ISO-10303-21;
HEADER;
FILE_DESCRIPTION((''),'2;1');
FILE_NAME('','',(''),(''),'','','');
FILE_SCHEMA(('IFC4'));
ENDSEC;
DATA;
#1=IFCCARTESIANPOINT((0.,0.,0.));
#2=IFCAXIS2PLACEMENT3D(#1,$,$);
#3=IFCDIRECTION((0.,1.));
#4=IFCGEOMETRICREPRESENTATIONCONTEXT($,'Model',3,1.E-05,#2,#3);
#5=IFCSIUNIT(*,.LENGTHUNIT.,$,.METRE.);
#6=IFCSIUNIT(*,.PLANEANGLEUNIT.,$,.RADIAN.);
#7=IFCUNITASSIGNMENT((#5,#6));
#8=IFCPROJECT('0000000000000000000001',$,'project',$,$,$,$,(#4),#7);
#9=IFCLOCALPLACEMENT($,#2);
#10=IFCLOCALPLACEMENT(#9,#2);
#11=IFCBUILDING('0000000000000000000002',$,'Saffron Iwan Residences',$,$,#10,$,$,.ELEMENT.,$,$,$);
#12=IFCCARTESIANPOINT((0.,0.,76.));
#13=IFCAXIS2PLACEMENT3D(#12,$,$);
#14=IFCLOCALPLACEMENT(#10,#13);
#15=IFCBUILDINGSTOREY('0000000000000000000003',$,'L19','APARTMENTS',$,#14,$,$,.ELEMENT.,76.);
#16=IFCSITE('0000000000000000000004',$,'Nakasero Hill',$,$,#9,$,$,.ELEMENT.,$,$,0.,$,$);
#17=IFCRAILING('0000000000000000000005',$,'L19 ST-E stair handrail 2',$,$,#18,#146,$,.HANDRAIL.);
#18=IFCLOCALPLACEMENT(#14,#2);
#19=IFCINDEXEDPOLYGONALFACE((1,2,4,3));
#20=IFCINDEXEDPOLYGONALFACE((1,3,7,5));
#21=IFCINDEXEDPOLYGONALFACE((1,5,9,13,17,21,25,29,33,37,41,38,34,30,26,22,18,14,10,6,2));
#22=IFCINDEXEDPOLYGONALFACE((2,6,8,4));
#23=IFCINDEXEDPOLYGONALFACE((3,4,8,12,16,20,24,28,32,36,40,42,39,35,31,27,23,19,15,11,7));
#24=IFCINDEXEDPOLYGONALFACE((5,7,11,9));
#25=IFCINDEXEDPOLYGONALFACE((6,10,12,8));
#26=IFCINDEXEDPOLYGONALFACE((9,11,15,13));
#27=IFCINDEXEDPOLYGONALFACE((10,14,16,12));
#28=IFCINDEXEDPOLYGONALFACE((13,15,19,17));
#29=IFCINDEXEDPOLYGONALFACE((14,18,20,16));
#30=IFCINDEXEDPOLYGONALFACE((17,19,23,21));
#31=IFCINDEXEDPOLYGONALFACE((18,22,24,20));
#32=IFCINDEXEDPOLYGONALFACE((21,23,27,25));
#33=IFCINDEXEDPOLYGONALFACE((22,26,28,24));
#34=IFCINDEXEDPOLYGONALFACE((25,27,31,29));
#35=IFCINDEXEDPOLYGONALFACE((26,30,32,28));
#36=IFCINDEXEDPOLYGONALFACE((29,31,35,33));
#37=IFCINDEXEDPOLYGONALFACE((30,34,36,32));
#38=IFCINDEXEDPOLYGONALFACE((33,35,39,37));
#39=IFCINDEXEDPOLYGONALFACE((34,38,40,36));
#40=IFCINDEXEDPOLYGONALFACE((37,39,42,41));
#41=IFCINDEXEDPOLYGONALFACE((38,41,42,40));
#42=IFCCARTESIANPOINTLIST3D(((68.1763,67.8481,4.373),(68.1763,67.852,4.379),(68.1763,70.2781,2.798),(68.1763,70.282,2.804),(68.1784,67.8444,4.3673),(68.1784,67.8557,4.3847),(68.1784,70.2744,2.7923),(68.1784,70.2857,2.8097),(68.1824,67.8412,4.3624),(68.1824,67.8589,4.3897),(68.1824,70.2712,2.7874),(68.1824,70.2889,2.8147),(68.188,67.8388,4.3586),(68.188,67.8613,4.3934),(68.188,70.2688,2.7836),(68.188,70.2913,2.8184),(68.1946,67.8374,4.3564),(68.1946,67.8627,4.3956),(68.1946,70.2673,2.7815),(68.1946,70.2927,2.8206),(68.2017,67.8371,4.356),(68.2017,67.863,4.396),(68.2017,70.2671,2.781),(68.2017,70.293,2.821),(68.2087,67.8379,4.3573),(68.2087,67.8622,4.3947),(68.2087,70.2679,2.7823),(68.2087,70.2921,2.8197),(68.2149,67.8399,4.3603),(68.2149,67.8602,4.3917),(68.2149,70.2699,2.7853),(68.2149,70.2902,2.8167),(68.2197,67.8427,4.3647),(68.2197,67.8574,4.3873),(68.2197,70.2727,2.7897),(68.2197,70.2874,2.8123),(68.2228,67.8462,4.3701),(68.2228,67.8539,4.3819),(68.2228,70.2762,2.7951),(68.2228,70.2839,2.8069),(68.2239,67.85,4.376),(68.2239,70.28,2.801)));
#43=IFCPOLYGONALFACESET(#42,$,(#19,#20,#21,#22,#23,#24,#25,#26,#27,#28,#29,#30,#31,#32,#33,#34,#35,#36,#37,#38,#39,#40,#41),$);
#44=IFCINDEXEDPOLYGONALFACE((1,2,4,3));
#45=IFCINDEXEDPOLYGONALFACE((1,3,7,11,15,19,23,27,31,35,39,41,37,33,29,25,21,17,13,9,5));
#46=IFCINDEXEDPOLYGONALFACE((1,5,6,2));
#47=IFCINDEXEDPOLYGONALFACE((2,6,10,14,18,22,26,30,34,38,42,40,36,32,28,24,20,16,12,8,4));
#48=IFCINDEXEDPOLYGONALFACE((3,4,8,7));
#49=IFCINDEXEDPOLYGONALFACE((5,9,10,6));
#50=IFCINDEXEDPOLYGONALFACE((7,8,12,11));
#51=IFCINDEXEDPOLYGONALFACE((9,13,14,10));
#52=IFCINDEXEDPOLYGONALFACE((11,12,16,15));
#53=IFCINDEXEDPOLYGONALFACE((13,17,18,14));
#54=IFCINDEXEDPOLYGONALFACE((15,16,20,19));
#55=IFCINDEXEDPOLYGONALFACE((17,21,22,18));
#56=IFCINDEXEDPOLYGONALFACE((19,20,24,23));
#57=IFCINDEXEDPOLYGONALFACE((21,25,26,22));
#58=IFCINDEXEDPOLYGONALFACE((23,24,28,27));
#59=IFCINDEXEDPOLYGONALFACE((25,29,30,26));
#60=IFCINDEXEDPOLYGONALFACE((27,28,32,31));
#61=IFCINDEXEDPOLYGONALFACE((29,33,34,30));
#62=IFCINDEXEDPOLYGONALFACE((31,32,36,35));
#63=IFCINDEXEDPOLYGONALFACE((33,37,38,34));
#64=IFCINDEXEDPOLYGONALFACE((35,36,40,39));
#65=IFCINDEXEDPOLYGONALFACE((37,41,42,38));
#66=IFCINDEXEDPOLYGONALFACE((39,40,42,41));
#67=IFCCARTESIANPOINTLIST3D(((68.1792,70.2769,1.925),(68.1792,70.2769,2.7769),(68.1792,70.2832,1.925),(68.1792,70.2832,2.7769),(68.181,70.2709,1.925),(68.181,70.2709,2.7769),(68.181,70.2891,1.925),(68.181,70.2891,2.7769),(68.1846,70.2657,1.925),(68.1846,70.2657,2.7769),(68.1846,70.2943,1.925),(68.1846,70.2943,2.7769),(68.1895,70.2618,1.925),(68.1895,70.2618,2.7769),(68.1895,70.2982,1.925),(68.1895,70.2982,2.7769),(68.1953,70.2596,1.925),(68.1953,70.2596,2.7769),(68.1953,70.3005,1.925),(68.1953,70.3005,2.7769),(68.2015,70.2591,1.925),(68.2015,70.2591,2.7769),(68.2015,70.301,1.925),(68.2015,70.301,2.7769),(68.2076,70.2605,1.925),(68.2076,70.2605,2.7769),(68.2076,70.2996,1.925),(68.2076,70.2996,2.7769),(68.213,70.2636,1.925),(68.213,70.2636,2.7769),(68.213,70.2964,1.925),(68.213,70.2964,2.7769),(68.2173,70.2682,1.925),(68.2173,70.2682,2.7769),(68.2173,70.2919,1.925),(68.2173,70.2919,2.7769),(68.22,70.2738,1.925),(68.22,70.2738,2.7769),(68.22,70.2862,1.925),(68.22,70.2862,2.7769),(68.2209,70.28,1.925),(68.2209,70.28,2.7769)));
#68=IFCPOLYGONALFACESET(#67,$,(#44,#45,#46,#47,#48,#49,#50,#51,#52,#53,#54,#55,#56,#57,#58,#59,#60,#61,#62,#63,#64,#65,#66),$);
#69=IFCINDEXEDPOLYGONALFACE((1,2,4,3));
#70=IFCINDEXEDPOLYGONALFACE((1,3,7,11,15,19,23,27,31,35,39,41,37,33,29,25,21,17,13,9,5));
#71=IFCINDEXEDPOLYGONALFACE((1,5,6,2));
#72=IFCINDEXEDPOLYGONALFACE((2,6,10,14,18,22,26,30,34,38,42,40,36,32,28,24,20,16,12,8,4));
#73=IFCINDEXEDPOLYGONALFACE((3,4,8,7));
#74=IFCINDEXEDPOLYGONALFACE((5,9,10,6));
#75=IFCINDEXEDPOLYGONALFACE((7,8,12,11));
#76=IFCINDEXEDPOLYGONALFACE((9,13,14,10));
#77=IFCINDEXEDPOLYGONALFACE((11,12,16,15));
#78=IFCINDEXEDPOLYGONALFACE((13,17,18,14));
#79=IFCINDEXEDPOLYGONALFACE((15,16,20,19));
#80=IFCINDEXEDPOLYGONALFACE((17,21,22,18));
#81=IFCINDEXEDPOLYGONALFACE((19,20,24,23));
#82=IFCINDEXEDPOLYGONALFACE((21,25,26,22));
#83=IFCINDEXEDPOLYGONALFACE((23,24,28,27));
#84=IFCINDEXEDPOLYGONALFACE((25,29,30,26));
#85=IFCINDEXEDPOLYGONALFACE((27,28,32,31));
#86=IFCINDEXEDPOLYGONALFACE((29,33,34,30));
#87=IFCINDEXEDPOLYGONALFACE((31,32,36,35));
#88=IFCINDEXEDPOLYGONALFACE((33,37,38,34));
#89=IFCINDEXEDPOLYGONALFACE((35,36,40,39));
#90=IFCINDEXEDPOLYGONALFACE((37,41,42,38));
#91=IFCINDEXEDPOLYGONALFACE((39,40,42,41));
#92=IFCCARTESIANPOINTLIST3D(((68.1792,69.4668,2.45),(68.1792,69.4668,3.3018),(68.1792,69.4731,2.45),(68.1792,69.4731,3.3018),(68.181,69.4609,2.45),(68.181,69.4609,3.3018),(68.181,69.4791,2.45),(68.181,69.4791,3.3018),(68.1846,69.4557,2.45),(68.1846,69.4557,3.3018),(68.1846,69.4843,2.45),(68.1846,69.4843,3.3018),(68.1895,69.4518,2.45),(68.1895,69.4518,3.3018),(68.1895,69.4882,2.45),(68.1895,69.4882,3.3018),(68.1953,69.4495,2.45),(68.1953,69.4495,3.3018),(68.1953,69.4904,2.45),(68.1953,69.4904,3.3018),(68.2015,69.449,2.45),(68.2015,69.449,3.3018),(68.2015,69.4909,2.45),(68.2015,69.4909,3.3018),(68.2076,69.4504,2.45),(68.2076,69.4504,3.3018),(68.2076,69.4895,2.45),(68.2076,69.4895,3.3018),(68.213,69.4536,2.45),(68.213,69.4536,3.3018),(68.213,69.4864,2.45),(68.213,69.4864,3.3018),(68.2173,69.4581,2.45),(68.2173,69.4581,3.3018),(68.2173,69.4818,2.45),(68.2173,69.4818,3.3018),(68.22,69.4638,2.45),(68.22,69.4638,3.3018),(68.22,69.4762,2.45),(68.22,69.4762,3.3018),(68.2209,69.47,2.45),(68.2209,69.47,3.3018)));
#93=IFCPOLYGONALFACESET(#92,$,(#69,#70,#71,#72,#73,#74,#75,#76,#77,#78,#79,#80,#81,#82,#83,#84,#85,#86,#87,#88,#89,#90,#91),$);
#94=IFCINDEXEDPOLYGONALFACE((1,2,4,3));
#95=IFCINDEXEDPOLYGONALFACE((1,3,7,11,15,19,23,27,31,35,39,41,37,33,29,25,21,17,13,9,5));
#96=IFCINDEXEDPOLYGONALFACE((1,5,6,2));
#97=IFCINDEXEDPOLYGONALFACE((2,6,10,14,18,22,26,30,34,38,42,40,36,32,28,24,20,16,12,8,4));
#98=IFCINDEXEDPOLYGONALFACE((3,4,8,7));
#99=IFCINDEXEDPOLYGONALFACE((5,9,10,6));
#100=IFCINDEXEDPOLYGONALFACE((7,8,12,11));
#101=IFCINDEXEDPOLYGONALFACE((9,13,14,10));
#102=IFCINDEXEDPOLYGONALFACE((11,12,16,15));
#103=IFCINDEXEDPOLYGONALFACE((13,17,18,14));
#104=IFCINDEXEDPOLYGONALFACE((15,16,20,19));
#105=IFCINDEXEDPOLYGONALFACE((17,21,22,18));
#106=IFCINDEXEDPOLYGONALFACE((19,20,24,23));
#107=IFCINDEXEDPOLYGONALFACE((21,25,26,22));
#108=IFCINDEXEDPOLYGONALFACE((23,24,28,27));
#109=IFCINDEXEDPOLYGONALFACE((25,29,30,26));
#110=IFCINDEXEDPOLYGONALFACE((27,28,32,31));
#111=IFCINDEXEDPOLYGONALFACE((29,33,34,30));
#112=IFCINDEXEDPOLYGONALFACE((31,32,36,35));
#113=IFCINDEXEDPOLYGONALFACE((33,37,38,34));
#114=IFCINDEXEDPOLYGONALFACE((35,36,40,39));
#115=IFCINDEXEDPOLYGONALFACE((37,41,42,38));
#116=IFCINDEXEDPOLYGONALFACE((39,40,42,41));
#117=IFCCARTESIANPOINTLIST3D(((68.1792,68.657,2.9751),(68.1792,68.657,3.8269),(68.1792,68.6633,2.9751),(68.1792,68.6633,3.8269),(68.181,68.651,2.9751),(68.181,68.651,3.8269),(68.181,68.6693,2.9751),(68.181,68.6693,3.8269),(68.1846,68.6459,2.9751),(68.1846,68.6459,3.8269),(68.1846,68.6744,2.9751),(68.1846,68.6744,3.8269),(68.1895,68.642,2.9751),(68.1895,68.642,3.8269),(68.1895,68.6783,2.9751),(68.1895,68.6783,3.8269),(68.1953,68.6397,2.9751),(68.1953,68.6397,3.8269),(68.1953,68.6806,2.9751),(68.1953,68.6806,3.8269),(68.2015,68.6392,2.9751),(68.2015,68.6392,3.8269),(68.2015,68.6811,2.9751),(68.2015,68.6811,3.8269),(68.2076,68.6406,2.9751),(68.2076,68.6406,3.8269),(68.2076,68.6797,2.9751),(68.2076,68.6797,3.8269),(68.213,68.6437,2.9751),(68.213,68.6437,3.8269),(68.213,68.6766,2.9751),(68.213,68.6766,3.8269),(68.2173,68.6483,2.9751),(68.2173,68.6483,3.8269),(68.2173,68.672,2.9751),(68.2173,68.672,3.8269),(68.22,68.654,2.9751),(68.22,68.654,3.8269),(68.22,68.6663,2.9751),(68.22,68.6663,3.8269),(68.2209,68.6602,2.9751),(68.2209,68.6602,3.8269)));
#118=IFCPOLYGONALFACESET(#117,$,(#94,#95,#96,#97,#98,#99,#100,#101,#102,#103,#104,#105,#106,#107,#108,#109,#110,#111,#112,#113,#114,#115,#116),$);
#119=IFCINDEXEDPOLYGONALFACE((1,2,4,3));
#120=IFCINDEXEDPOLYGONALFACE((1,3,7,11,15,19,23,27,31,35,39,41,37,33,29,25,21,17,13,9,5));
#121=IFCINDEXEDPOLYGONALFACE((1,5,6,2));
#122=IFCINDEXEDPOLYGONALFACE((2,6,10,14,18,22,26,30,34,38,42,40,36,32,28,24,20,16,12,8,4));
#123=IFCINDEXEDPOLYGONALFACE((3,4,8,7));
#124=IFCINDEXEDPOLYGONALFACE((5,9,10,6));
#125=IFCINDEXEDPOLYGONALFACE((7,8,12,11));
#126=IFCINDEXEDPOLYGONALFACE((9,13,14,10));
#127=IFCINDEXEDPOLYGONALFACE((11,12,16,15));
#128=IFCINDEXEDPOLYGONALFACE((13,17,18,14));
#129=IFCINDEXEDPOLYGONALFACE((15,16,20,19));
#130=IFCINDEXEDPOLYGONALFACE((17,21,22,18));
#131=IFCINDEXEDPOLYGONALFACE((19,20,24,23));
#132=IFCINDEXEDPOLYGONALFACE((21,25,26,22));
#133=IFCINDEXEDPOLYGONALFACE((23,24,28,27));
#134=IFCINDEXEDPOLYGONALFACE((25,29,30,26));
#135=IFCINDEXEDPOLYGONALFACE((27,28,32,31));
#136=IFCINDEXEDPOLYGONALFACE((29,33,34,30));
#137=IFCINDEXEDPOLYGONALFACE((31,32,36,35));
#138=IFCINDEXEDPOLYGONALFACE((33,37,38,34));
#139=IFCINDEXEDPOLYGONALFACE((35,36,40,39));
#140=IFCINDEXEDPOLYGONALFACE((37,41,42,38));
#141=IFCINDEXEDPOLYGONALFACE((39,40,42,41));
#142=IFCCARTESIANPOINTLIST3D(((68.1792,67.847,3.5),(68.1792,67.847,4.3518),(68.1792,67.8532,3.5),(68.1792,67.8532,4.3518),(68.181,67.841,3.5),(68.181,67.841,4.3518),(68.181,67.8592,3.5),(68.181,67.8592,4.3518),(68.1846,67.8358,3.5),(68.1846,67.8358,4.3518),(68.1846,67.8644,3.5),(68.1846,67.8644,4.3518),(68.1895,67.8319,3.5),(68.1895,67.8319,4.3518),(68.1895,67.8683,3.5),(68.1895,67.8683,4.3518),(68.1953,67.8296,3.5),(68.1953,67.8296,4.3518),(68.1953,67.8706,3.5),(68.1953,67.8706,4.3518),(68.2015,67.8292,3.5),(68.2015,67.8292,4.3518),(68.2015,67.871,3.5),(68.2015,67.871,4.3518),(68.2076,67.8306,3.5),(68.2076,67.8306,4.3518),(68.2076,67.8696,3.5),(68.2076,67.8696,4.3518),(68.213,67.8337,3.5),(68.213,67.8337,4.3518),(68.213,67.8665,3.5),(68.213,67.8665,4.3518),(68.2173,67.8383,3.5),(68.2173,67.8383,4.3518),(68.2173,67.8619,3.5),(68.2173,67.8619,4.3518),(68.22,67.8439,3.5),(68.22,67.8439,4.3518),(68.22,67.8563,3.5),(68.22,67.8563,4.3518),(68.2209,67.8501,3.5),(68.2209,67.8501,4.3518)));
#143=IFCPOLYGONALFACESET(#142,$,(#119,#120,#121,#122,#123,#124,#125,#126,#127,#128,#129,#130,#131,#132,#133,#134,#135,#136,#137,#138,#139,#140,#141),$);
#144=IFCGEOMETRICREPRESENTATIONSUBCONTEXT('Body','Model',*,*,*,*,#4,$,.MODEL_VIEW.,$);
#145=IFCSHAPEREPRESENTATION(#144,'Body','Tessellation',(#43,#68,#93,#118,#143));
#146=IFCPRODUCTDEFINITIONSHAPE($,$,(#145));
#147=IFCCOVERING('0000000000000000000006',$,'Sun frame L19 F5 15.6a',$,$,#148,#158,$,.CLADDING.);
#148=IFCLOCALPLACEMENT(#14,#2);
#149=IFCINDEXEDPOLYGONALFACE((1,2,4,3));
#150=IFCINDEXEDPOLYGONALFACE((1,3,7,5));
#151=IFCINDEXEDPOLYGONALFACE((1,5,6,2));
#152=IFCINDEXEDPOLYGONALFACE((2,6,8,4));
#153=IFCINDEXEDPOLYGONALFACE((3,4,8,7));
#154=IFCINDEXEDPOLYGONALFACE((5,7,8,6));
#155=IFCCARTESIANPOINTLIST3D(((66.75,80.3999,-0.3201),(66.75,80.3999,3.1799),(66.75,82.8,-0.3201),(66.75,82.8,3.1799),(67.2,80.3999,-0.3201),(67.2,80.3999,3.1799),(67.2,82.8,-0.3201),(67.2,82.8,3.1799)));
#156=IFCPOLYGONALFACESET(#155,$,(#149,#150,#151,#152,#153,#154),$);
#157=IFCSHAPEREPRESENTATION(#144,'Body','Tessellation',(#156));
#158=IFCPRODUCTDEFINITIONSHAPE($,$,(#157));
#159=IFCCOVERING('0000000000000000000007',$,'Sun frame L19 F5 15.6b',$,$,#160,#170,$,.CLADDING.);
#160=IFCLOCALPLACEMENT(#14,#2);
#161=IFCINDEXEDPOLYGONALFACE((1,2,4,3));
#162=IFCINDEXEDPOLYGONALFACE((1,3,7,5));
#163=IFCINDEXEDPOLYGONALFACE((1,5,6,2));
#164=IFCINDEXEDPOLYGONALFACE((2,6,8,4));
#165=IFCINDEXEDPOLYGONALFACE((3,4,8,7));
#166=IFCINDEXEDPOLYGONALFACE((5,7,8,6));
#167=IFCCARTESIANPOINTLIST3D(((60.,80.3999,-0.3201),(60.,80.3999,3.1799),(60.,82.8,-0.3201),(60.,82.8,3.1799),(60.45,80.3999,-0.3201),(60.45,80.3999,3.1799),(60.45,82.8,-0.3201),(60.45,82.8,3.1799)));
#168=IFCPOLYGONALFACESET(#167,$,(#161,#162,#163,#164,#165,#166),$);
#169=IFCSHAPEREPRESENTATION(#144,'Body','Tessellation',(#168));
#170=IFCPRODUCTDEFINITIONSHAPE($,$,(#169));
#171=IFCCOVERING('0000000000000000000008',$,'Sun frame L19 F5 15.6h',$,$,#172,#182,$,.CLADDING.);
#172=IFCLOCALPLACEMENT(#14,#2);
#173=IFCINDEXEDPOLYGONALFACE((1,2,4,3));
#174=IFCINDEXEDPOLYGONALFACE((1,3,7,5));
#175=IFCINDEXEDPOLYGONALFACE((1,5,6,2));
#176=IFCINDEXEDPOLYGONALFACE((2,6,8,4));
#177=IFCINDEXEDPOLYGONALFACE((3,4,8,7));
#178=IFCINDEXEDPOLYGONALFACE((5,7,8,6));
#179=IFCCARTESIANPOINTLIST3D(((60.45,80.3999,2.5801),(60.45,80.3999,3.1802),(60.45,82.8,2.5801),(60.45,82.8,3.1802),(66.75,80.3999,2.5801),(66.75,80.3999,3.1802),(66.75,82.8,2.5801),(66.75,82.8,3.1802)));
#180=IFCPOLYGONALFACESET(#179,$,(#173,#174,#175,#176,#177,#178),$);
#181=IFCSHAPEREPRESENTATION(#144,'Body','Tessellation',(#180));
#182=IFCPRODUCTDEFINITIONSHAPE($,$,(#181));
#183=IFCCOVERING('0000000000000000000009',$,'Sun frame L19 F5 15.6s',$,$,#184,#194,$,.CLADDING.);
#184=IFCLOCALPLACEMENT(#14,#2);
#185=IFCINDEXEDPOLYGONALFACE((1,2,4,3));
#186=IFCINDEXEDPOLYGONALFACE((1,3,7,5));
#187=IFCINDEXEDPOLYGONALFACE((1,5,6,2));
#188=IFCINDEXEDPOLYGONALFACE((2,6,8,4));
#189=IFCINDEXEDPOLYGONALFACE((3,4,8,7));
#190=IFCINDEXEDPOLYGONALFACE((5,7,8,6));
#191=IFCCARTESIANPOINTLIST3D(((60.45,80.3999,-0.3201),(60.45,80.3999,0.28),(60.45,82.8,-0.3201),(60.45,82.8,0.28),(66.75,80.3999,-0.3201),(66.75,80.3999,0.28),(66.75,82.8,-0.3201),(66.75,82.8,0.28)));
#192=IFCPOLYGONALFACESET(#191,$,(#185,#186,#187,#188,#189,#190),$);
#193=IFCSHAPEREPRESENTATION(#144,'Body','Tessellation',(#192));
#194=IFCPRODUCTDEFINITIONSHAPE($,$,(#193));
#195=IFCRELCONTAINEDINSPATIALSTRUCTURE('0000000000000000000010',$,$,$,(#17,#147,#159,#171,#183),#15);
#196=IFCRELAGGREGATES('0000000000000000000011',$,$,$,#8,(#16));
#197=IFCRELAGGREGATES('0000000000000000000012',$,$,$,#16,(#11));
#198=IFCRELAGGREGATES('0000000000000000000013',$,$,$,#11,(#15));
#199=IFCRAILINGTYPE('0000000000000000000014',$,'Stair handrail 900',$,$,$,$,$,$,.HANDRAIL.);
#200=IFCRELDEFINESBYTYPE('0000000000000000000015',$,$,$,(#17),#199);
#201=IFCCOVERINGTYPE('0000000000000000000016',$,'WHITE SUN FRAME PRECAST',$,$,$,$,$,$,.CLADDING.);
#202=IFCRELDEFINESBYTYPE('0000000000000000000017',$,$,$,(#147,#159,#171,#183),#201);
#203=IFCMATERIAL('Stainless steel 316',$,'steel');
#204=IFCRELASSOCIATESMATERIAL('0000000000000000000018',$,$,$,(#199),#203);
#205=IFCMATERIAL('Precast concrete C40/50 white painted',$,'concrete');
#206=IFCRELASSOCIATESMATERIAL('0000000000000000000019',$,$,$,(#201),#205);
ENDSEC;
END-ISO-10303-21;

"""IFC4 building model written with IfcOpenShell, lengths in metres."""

from ifc_helpers import new_model, si_unit, direction, frame, origin, origin_2d, place, context, subcontext, project, spatial, polyline, circle, outline, extrude, material, type_object, element, save


model = new_model("IFC4")

# Units and contexts
model_context = context("Model", 3, precision=1e-05, world=origin(), true_north=direction((0.0, 1.0)))
body_context = subcontext(model_context, "Body", "Model", "MODEL_VIEW")
ifc_project = project(units=[si_unit("LENGTHUNIT", "METRE"), si_unit("PLANEANGLEUNIT", "RADIAN")], contexts=[model_context])

# Site, building, storey
site_placement = place(None, origin())
site = spatial("IfcSite", under=ifc_project, at=site_placement, Name="Nakasero Hill", CompositionType="ELEMENT", RefElevation=0.0)
building_placement = place(site_placement, origin())
building = spatial("IfcBuilding", under=site, at=building_placement, Name="Saffron Iwan Residences", CompositionType="ELEMENT")
storey_placement = place(building_placement, frame((0.0, 0.0, 76.0)))
storey = spatial("IfcBuildingStorey", under=building, at=storey_placement, Name="L19", Description="APARTMENTS", CompositionType="ELEMENT", Elevation=76.0)

# Railing
ifc_material_1 = material(Name="Stainless steel 316", Category="steel")
railing_type = type_object("IfcRailingType", Name="Stair handrail 900", PredefinedType="HANDRAIL", material=ifc_material_1)
railing_1_placement = place(storey_placement, frame((68.2, 70.28, 1.925)))
element("IfcRailing", 1, at=railing_1_placement, inside=storey, type_object=railing_type, Name="L19 ST-E stair handrail 2", PredefinedType="HANDRAIL", context=body_context, shape_type="SweptSolid", body=[
    extrude(circle(Radius=0.0239, at=origin_2d()), frame((0.0, 0.0, 0.876), z_axis=(0.0, -0.839154, 0.543894), x_axis=(1.0, 0.0, 0.0)), (0.0, 0.0, 1.0), 2.8958),
    extrude(circle(Radius=0.021, at=origin_2d()), origin(), (0.0, 0.0, 1.0), 0.8518),
    extrude(circle(Radius=0.021, at=origin_2d()), frame((0.0, -0.8101, 0.5249)), (0.0, 0.0, 1.0), 0.8518),
    extrude(circle(Radius=0.021, at=origin_2d()), frame((0.0, -1.6199, 1.05)), (0.0, 0.0, 1.0), 0.8518),
    extrude(circle(Radius=0.021, at=origin_2d()), frame((0.0, -2.4299, 1.575)), (0.0, 0.0, 1.0), 0.8518),
])

# Coverings
ifc_material_2 = material(Name="Precast concrete C40/50 white painted", Category="concrete")
covering_type_1 = type_object("IfcCoveringType", Name="WHITE SUN FRAME PRECAST", PredefinedType="CLADDING", material=ifc_material_2)
for number, where, z_axis, x_axis, name in (
    (2, (67.2, 80.3999, -0.3201), (0.0, 1.0, 0.0), (-1.0, 0.0, 0.0), "Sun frame L19 F5 15.6a"),
    (3, (60.45, 80.3999, -0.3201), (0.0, 1.0, 0.0), (-1.0, 0.0, 0.0), "Sun frame L19 F5 15.6b"),
):
    element("IfcCovering", number, at=place(storey_placement, frame(where, z_axis=z_axis, x_axis=x_axis)), inside=storey, type_object=covering_type_1, Name=name, PredefinedType="CLADDING", context=body_context, shape_type="SweptSolid", body=[
        extrude(outline(polyline([(0.0, 0.0), (0.45, 0.0), (0.45, 3.5), (0.0, 3.5), (0.0, 0.0)])), origin(), (0.0, 0.0, 1.0), 2.4001),
    ])
for number, where, z_axis, x_axis, name in (
    (4, (66.75, 80.3999, 2.5801), (0.0, 1.0, 0.0), (-1.0, 0.0, 0.0), "Sun frame L19 F5 15.6h"),
    (5, (66.75, 80.3999, -0.3201), (0.0, 1.0, 0.0), (-1.0, 0.0, 0.0), "Sun frame L19 F5 15.6s"),
):
    element("IfcCovering", number, at=place(storey_placement, frame(where, z_axis=z_axis, x_axis=x_axis)), inside=storey, type_object=covering_type_1, Name=name, PredefinedType="CLADDING", context=body_context, shape_type="SweptSolid", body=[
        extrude(outline(polyline([(0.0, 0.0), (6.3, 0.0), (6.3, 0.6001), (0.0, 0.6001), (0.0, 0.0)])), origin(), (0.0, 0.0, 1.0), 2.4001),
    ])

save(model, "model.ifc")
